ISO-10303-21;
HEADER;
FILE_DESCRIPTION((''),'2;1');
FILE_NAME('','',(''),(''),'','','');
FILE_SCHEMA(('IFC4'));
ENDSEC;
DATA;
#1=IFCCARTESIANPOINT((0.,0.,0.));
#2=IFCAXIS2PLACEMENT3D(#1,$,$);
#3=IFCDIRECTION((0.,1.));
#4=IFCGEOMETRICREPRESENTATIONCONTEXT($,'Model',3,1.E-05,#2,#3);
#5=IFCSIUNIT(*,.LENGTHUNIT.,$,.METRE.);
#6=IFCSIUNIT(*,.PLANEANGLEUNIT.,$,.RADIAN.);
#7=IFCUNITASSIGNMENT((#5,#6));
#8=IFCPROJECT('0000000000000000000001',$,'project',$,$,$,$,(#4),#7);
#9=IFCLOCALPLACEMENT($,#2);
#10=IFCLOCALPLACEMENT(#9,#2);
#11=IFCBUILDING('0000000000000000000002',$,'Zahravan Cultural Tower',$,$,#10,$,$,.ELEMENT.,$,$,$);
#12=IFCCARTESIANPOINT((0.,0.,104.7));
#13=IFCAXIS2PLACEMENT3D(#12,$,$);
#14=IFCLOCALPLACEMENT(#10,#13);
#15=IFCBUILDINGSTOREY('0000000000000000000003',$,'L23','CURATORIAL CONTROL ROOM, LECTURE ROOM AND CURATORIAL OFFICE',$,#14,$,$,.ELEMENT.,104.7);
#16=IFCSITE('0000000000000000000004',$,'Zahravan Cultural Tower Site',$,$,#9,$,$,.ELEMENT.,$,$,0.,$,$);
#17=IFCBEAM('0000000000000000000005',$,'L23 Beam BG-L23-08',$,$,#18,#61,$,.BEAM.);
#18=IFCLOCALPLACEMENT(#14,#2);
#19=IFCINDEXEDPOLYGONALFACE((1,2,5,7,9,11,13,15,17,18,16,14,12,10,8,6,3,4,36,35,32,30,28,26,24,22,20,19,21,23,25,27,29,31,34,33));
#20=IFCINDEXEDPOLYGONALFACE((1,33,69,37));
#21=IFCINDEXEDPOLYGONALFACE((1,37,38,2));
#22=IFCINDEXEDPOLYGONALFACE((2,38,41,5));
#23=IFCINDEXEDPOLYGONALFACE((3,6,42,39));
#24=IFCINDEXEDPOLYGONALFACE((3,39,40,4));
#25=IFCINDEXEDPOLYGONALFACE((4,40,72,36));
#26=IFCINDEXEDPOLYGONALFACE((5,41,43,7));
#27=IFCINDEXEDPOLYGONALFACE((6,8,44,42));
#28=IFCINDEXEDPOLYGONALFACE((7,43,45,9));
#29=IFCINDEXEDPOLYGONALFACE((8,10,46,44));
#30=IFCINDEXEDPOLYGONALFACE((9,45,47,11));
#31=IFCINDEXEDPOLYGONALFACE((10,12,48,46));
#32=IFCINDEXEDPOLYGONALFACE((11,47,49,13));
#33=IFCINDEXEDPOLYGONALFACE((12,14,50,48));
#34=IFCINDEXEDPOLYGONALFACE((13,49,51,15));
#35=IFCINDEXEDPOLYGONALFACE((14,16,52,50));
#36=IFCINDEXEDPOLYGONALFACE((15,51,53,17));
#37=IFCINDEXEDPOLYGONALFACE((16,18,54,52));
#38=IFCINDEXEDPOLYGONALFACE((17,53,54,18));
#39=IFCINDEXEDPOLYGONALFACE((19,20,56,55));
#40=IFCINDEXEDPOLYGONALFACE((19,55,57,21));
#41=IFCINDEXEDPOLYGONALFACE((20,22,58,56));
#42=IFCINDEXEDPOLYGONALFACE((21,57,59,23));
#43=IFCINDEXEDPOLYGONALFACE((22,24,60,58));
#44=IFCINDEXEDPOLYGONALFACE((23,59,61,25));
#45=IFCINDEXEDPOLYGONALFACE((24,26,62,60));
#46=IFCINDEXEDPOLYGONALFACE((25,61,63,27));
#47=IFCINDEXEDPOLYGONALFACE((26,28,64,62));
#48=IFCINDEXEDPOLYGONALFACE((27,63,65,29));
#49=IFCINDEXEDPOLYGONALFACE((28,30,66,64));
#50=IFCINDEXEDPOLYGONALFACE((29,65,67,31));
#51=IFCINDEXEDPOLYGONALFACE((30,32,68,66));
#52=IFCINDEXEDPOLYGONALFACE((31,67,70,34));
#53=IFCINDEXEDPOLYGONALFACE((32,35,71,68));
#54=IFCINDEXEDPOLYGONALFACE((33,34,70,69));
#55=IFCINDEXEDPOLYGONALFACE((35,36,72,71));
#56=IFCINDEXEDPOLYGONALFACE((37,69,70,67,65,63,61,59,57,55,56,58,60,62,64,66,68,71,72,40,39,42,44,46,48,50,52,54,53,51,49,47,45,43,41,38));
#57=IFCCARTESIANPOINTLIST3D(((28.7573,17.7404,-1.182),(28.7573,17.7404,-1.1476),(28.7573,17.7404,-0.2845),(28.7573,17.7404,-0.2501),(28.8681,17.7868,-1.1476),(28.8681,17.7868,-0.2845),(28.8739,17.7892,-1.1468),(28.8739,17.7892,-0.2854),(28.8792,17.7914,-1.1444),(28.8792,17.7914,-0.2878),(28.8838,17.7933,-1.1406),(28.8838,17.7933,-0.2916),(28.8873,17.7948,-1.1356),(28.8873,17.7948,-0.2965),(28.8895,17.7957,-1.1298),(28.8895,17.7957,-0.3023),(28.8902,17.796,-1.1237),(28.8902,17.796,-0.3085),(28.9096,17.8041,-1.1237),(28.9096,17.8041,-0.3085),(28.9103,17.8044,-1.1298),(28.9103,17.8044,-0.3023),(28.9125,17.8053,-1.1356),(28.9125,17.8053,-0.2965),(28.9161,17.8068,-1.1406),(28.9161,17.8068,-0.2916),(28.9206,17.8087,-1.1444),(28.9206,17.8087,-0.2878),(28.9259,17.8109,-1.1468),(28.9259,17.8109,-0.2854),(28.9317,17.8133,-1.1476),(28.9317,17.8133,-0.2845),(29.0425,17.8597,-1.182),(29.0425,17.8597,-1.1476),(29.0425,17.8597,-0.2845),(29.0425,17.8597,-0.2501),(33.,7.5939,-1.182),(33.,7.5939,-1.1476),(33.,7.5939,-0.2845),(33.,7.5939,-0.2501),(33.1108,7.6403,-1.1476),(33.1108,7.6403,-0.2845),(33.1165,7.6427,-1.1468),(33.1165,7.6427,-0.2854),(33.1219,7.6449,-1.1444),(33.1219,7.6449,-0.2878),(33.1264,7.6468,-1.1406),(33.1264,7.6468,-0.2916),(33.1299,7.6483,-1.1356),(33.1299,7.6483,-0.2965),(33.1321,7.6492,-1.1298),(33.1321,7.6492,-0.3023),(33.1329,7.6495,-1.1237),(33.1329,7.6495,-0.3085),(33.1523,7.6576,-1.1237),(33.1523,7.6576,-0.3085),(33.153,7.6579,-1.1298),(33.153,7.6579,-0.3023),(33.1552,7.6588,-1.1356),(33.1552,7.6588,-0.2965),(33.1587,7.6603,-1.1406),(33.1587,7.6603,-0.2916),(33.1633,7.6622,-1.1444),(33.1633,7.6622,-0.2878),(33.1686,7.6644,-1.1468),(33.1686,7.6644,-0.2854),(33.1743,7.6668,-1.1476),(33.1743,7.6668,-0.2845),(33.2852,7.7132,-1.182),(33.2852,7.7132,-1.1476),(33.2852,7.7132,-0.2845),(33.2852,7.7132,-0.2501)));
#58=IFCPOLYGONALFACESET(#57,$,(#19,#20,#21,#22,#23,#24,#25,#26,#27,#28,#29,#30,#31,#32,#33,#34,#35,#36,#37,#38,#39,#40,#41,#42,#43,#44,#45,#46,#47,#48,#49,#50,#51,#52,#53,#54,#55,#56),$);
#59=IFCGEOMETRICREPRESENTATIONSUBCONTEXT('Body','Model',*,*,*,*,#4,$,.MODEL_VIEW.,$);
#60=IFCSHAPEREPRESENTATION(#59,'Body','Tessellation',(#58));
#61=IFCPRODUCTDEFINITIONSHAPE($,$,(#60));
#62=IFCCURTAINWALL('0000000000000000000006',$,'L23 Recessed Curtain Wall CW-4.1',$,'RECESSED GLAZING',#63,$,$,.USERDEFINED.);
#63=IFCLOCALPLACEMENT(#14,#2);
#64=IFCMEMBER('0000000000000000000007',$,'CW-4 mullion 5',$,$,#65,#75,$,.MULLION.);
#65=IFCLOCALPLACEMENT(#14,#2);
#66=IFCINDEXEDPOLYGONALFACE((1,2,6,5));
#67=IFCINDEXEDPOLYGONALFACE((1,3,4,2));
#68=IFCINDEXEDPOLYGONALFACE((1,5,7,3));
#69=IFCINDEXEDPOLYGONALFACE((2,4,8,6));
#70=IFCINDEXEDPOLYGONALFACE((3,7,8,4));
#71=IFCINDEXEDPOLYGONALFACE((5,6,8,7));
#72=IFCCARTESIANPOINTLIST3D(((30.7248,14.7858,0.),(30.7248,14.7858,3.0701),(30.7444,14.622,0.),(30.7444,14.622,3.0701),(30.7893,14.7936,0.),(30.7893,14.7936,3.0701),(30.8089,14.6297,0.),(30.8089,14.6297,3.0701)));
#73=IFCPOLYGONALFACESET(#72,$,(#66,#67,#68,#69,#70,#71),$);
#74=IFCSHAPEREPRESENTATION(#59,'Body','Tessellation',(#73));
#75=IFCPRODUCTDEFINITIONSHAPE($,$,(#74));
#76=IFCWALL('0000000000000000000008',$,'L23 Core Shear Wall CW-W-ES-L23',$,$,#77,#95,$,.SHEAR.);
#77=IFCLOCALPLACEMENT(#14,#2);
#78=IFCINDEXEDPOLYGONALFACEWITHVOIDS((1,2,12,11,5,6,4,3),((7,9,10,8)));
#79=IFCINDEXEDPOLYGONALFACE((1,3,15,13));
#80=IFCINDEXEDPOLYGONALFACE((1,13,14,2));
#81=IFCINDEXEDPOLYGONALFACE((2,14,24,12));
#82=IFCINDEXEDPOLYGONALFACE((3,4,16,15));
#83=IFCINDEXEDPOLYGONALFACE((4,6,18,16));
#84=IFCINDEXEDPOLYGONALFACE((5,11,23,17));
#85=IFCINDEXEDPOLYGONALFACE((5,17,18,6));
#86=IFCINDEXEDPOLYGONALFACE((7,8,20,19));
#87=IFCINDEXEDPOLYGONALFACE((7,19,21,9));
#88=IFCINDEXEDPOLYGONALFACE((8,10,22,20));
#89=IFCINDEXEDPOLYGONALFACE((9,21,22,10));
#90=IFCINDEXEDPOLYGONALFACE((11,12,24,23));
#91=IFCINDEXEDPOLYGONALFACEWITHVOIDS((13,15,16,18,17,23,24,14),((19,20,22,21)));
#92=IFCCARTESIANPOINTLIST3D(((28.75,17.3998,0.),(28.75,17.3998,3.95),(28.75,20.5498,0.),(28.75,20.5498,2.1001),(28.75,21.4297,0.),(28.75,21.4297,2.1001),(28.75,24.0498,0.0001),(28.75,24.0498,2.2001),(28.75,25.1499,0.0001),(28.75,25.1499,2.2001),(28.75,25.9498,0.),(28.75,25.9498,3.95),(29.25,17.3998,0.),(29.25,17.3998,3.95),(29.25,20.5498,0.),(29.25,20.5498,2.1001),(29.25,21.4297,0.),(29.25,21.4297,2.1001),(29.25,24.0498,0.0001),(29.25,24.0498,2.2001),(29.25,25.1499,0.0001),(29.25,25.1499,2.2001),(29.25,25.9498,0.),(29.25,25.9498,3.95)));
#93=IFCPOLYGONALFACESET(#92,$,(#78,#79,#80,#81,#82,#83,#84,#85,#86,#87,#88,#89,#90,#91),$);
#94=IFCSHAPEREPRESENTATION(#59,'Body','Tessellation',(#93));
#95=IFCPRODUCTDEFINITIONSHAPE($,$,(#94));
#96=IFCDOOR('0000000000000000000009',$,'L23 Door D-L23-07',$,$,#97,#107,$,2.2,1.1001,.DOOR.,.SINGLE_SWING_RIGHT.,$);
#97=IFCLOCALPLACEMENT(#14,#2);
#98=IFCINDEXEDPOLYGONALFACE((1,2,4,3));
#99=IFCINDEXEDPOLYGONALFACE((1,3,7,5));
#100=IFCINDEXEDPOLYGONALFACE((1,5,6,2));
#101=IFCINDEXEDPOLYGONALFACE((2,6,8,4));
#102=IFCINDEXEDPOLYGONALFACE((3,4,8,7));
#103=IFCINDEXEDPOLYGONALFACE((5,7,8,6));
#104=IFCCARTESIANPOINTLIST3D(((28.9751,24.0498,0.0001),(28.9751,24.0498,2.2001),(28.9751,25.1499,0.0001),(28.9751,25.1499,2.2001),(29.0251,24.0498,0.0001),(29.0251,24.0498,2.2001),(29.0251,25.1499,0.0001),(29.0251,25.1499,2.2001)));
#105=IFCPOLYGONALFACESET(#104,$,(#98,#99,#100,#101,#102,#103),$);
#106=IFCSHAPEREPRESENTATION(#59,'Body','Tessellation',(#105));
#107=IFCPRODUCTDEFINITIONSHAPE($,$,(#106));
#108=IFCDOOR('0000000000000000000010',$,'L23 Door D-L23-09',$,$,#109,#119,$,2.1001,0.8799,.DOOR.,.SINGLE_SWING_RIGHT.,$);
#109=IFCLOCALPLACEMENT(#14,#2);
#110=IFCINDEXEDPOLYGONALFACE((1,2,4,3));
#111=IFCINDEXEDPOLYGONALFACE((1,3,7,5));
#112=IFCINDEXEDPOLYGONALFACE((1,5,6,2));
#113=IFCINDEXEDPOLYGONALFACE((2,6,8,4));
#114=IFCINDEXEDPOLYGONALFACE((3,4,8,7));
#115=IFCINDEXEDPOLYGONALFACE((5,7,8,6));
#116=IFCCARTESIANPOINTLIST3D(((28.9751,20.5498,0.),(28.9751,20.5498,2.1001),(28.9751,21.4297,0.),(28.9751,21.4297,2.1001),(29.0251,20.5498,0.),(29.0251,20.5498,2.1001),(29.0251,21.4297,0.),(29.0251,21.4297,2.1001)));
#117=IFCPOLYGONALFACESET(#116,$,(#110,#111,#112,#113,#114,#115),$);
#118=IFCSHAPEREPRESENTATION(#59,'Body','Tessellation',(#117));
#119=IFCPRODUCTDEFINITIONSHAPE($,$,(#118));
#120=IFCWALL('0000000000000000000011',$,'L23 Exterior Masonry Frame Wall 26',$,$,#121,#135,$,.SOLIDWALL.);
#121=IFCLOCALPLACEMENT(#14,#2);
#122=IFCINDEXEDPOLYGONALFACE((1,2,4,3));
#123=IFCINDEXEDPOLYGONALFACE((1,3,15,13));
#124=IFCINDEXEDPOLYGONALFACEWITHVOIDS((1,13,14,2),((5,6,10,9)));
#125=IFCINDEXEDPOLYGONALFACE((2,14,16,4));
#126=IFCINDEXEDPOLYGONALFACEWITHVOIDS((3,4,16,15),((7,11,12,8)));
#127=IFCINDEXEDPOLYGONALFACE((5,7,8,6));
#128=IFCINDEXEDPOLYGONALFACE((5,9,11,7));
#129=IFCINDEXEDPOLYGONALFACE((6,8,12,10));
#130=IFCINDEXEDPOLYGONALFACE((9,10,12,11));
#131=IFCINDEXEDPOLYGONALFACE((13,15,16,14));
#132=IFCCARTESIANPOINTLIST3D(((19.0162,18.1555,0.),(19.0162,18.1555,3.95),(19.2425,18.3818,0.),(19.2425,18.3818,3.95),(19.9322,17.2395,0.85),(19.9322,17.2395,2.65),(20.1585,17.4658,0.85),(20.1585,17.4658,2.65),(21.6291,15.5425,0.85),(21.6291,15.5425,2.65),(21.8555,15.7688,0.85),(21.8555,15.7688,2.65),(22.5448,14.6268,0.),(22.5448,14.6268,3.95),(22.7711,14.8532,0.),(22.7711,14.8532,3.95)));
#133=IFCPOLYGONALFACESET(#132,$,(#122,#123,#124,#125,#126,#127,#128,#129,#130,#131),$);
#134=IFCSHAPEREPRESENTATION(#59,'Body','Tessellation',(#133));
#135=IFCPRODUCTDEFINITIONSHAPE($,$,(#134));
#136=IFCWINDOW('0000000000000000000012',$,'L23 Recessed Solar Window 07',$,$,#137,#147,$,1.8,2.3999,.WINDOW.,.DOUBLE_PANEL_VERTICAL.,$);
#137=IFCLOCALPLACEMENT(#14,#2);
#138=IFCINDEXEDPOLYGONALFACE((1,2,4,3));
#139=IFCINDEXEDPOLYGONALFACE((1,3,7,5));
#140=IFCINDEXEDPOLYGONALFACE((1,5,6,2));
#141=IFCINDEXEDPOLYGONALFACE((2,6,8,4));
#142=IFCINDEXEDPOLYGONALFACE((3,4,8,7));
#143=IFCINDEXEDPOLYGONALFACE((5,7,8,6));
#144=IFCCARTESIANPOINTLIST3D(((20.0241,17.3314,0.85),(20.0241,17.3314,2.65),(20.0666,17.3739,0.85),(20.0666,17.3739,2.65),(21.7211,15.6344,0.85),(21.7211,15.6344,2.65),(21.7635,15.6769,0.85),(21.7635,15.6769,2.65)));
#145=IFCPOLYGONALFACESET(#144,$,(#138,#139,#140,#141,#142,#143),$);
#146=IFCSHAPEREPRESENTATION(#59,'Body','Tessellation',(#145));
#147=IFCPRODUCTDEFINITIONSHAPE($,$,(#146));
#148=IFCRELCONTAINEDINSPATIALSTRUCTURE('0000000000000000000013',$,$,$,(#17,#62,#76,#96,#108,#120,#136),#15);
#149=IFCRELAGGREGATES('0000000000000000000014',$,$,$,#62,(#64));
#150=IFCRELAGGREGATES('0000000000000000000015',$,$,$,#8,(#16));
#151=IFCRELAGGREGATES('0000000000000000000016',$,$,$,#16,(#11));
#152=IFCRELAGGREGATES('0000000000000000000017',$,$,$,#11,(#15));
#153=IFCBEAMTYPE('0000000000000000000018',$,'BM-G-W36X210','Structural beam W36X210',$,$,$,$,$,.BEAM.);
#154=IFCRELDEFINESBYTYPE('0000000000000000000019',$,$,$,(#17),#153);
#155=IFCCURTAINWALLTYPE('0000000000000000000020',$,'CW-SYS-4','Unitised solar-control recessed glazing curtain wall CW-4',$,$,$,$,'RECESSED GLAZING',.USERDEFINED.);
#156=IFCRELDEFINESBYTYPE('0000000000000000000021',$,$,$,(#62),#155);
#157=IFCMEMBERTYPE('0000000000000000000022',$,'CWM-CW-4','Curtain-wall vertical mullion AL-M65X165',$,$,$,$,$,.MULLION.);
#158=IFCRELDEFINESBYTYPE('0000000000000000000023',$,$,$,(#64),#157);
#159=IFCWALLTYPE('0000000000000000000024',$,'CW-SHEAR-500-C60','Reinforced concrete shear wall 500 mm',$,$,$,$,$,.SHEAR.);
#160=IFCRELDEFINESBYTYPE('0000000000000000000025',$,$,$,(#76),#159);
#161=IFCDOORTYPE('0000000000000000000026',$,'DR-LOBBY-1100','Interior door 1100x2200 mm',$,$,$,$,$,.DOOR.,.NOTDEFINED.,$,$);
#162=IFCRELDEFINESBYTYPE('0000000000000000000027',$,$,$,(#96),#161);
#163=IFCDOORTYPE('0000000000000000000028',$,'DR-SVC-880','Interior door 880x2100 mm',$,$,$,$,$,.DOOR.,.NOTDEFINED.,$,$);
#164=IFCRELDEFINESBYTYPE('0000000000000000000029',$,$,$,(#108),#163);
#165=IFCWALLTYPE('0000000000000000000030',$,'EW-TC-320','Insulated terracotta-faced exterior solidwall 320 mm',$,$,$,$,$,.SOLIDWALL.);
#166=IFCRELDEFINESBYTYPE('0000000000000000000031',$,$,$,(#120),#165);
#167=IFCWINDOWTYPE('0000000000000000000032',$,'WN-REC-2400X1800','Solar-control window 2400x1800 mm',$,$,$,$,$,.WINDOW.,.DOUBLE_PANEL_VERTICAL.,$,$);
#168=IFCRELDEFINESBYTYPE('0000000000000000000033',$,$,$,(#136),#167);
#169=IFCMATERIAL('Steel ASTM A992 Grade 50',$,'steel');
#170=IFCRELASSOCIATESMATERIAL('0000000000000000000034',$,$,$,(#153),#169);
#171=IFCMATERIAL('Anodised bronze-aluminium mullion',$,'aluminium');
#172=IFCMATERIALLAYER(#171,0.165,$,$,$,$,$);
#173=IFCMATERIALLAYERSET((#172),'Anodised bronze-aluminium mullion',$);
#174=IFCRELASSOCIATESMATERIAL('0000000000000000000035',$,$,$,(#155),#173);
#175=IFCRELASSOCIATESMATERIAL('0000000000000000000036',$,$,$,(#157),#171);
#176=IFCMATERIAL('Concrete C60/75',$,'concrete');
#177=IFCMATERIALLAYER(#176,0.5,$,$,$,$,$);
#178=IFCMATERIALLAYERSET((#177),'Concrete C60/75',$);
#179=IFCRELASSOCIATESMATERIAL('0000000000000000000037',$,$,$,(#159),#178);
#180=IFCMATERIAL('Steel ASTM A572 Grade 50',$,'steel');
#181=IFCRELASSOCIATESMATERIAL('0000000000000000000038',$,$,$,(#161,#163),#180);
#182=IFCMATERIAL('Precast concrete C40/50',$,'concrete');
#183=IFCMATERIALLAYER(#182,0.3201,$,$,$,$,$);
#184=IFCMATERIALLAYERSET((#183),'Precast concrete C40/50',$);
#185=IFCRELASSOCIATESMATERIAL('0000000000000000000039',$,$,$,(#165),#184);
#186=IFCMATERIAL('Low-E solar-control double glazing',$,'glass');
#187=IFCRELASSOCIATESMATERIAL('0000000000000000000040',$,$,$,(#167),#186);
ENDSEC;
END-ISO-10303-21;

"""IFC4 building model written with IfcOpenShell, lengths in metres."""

from ifc_helpers import new_model, si_unit, direction, frame, frame_2d, origin, origin_2d, place, context, subcontext, project, spatial, rectangle, i_section, extrude, source, transform, mapped, material, layer, layer_set, material_profile, profile_set, type_object, element, fill, aggregate, save


model = new_model("IFC4")

# Units and contexts
model_context = context("Model", 3, precision=1e-05, world=origin(), true_north=direction((0.0, 1.0)))
body_context = subcontext(model_context, "Body", "Model", "MODEL_VIEW")
ifc_project = project(units=[si_unit("LENGTHUNIT", "METRE"), si_unit("PLANEANGLEUNIT", "RADIAN")], contexts=[model_context])

# Site, building, storey
site_placement = place(None, origin())
site = spatial("IfcSite", under=ifc_project, at=site_placement, Name="Zahravan Cultural Tower Site", CompositionType="ELEMENT", RefElevation=0.0)
building_placement = place(site_placement, origin())
building = spatial("IfcBuilding", under=site, at=building_placement, Name="Zahravan Cultural Tower", CompositionType="ELEMENT")
storey_placement = place(building_placement, frame((0.0, 0.0, 104.7)))
storey = spatial("IfcBuildingStorey", under=building, at=storey_placement, Name="L23", Description="CURATORIAL CONTROL ROOM, LECTURE ROOM AND CURATORIAL OFFICE", CompositionType="ELEMENT", Elevation=104.7)

# Shared definitions
ifc_material_1 = material(Name="Concrete C60/75", Category="concrete")

# Beam
ifc_material_2 = material(Name="Steel ASTM A992 Grade 50", Category="steel")
ifc_material_profile_1 = material_profile(ifc_material_2, i_section(OverallWidth=0.3091, OverallDepth=0.9319, WebThickness=0.021, FlangeThickness=0.0344, FilletRadius=0.0239, at=origin_2d()), Name="W36X210")
ifc_profile_set_1 = profile_set([ifc_material_profile_1], Name="Steel ASTM A992 Grade 50")
beam_type_1 = type_object("IfcBeamType", Name="BM-G-W36X210", Description="Structural beam W36X210", PredefinedType="BEAM", material=ifc_profile_set_1)
shared_shape_1 = source(origin(), body_context, "Body", "SweptSolid", [
    extrude(i_section(OverallWidth=0.3091, OverallDepth=0.9319, WebThickness=0.021, FlangeThickness=0.0344, FilletRadius=0.0239, at=origin_2d()), origin(), (0.0, 0.0, 1.0), 10.9978),
])
beam_1_placement = place(storey_placement, frame((28.8999, 17.8, -0.7161), z_axis=(0.385775, -0.922593, 0.0), x_axis=(0.922593, 0.385775, 0.0)))
element("IfcBeam", 1, at=beam_1_placement, inside=storey, type_object=beam_type_1, Name="L23 Beam BG-L23-08", PredefinedType="BEAM", context=body_context, shape_type="MappedRepresentation", body=[
    mapped(shared_shape_1, transform((0.0, 0.0, 0.0), x_axis=(1.0, 0.0, 0.0), y_axis=(0.0, 1.0, 0.0), z_axis=(0.0, 0.0, 1.0), scale=1.0)),
])

# Curtain wall, member
ifc_material_3 = material(Name="Anodised bronze-aluminium mullion", Category="aluminium")
ifc_layer_1 = layer(ifc_material_3, 0.165)
ifc_layer_set_1 = layer_set([ifc_layer_1], Name="Anodised bronze-aluminium mullion")
curtain_wall_type = type_object("IfcCurtainWallType", Name="CW-SYS-4", Description="Unitised solar-control recessed glazing curtain wall CW-4", ElementType="RECESSED GLAZING", PredefinedType="USERDEFINED", material=ifc_layer_set_1)
curtain_wall_placement = place(storey_placement, origin())
curtain_wall = element("IfcCurtainWall", 2, at=curtain_wall_placement, inside=storey, type_object=curtain_wall_type, Name="L23 Recessed Curtain Wall CW-4.1", ObjectType="RECESSED GLAZING", PredefinedType="USERDEFINED")
ifc_material_profile_2 = material_profile(ifc_material_3, rectangle(XDim=0.0649, YDim=0.165, at=origin_2d()), Name="AL-M65X165")
ifc_profile_set_2 = profile_set([ifc_material_profile_2], Name="Anodised bronze-aluminium mullion")
member_type = type_object("IfcMemberType", Name="CWM-CW-4", Description="Curtain-wall vertical mullion AL-M65X165", PredefinedType="MULLION", material=ifc_profile_set_2)
shared_shape_2 = source(origin(), body_context, "Body", "SweptSolid", [
    extrude(rectangle(XDim=0.0649, YDim=0.165, at=origin_2d()), origin(), (0.0, 0.0, 1.0), 3.0701),
])
member_placement = place(storey_placement, frame((30.7668, 14.7078, 0.0), z_axis=(0.0, 0.0, 1.0), x_axis=(-0.992883, -0.119095, 0.0)))
member = element("IfcMember", 3, at=member_placement, type_object=member_type, Name="CW-4 mullion 5", PredefinedType="MULLION", context=body_context, shape_type="MappedRepresentation", body=[
    mapped(shared_shape_2, transform((0.0, 0.0, 0.0), x_axis=(1.0, 0.0, 0.0), y_axis=(0.0, 1.0, 0.0), z_axis=(0.0, 0.0, 1.0), scale=1.0)),
])
aggregate(curtain_wall, [member])

# Wall, openings, doors
ifc_layer_2 = layer(ifc_material_1, 0.5)
ifc_layer_set_2 = layer_set([ifc_layer_2], Name="Concrete C60/75")
wall_type_1 = type_object("IfcWallType", Name="CW-SHEAR-500-C60", Description="Reinforced concrete shear wall 500 mm", PredefinedType="SHEAR", material=ifc_layer_set_2)
wall_1_placement = place(storey_placement, frame((29.0, 17.3999, 0.0), z_axis=(0.0, 0.0, 1.0), x_axis=(0.0, 1.0, 0.0)))
wall_1 = element("IfcWall", 4, at=wall_1_placement, inside=storey, type_object=wall_type_1, Name="L23 Core Shear Wall CW-W-ES-L23", PredefinedType="SHEAR", context=body_context, shape_type="SweptSolid", body=[
    extrude(rectangle(XDim=8.55, YDim=0.5, at=frame_2d((4.2749, 0.0))), origin(), (0.0, 0.0, 1.0), 3.95),
])
opening_1_placement = place(wall_1_placement, frame((6.6499, 0.0, 0.0)))
opening_1 = element("IfcOpeningElement", 5, at=opening_1_placement, cuts=wall_1, PredefinedType="OPENING", context=body_context, shape_type="SweptSolid", body=[
    extrude(rectangle(XDim=1.1001, YDim=2.2, at=frame_2d((0.55, 1.1001))), frame((0.0, 0.26, 0.0), z_axis=(0.0, -1.0, 0.0), x_axis=(1.0, 0.0, 0.0)), (0.0, 0.0, 1.0), 0.52),
])
opening_2_placement = place(wall_1_placement, frame((3.1499, 0.0, 0.0)))
opening_2 = element("IfcOpeningElement", 6, at=opening_2_placement, cuts=wall_1, PredefinedType="OPENING", context=body_context, shape_type="SweptSolid", body=[
    extrude(rectangle(XDim=0.8799, YDim=2.1001, at=frame_2d((0.4399, 1.05))), frame((0.0, 0.26, 0.0), z_axis=(0.0, -1.0, 0.0), x_axis=(1.0, 0.0, 0.0)), (0.0, 0.0, 1.0), 0.52),
])
ifc_material_4 = material(Name="Steel ASTM A572 Grade 50", Category="steel")
door_type_1 = type_object("IfcDoorType", Name="DR-LOBBY-1100", Description="Interior door 1100x2200 mm", OperationType="NOTDEFINED", PredefinedType="DOOR", material=ifc_material_4)
shared_shape_3 = source(origin(), body_context, "Body", "SweptSolid", [
    extrude(rectangle(XDim=1.1001, YDim=2.2, at=frame_2d((0.55, 1.1001))), frame((0.0, 0.0249, 0.0), z_axis=(0.0, -1.0, 0.0), x_axis=(1.0, 0.0, 0.0)), (0.0, 0.0, 1.0), 0.05),
])
door_1_placement = place(opening_1_placement, origin())
door_1 = element("IfcDoor", 7, at=door_1_placement, inside=storey, type_object=door_type_1, Name="L23 Door D-L23-07", OperationType="SINGLE_SWING_RIGHT", OverallHeight=2.2, OverallWidth=1.1001, PredefinedType="DOOR", context=body_context, shape_type="MappedRepresentation", body=[
    mapped(shared_shape_3, transform((0.0, 0.0, 0.0), x_axis=(1.0, 0.0, 0.0), y_axis=(0.0, 1.0, 0.0), z_axis=(0.0, 0.0, 1.0), scale=1.0)),
])
fill(opening_1, door_1)
door_type_2 = type_object("IfcDoorType", Name="DR-SVC-880", Description="Interior door 880x2100 mm", OperationType="NOTDEFINED", PredefinedType="DOOR", material=ifc_material_4)
shared_shape_4 = source(origin(), body_context, "Body", "SweptSolid", [
    extrude(rectangle(XDim=0.8799, YDim=2.1001, at=frame_2d((0.4399, 1.05))), frame((0.0, 0.0249, 0.0), z_axis=(0.0, -1.0, 0.0), x_axis=(1.0, 0.0, 0.0)), (0.0, 0.0, 1.0), 0.05),
])
door_2_placement = place(opening_2_placement, origin())
door_2 = element("IfcDoor", 8, at=door_2_placement, inside=storey, type_object=door_type_2, Name="L23 Door D-L23-09", OperationType="SINGLE_SWING_RIGHT", OverallHeight=2.1001, OverallWidth=0.8799, PredefinedType="DOOR", context=body_context, shape_type="MappedRepresentation", body=[
    mapped(shared_shape_4, transform((0.0, 0.0, 0.0), x_axis=(1.0, 0.0, 0.0), y_axis=(0.0, 1.0, 0.0), z_axis=(0.0, 0.0, 1.0), scale=1.0)),
])
fill(opening_2, door_2)

# Wall, opening, window
ifc_material_5 = material(Name="Precast concrete C40/50", Category="concrete")
ifc_layer_3 = layer(ifc_material_5, 0.3201)
ifc_layer_set_3 = layer_set([ifc_layer_3], Name="Precast concrete C40/50")
wall_type_2 = type_object("IfcWallType", Name="EW-TC-320", Description="Insulated terracotta-faced exterior solidwall 320 mm", PredefinedType="SOLIDWALL", material=ifc_layer_set_3)
wall_2_placement = place(storey_placement, frame((22.658, 14.74, 0.0), z_axis=(0.0, 0.0, 1.0), x_axis=(-0.707107, 0.707107, 0.0)))
wall_2 = element("IfcWall", 9, at=wall_2_placement, inside=storey, type_object=wall_type_2, Name="L23 Exterior Masonry Frame Wall 26", PredefinedType="SOLIDWALL", context=body_context, shape_type="SweptSolid", body=[
    extrude(rectangle(XDim=4.9902, YDim=0.3201, at=frame_2d((2.4951, 0.0))), origin(), (0.0, 0.0, 1.0), 3.95),
])
opening_3_placement = place(wall_2_placement, frame((1.2949, 0.0, 0.8501)))
opening_3 = element("IfcOpeningElement", 10, at=opening_3_placement, cuts=wall_2, PredefinedType="OPENING", context=body_context, shape_type="SweptSolid", body=[
    extrude(rectangle(XDim=2.3999, YDim=1.8, at=frame_2d((1.2, 0.8999))), frame((0.0, 0.1699, 0.0), z_axis=(0.0, -1.0, 0.0), x_axis=(1.0, 0.0, 0.0)), (0.0, 0.0, 1.0), 0.3401),
])
ifc_material_6 = material(Name="Low-E solar-control double glazing", Category="glass")
window_type = type_object("IfcWindowType", Name="WN-REC-2400X1800", Description="Solar-control window 2400x1800 mm", PartitioningType="DOUBLE_PANEL_VERTICAL", PredefinedType="WINDOW", material=ifc_material_6)
shared_shape_5 = source(origin(), body_context, "Body", "SweptSolid", [
    extrude(rectangle(XDim=2.3999, YDim=1.8, at=frame_2d((1.2, 0.8999))), frame((0.0, 0.03, 0.0), z_axis=(0.0, -1.0, 0.0), x_axis=(1.0, 0.0, 0.0)), (0.0, 0.0, 1.0), 0.0601),
])
window_placement = place(opening_3_placement, origin())
window = element("IfcWindow", 11, at=window_placement, inside=storey, type_object=window_type, Name="L23 Recessed Solar Window 07", OverallHeight=1.8, OverallWidth=2.3999, PartitioningType="DOUBLE_PANEL_VERTICAL", PredefinedType="WINDOW", context=body_context, shape_type="MappedRepresentation", body=[
    mapped(shared_shape_5, transform((0.0, 0.0, 0.0), x_axis=(1.0, 0.0, 0.0), y_axis=(0.0, 1.0, 0.0), z_axis=(0.0, 0.0, 1.0), scale=1.0)),
])
fill(opening_3, window)

save(model, "model.ifc")
